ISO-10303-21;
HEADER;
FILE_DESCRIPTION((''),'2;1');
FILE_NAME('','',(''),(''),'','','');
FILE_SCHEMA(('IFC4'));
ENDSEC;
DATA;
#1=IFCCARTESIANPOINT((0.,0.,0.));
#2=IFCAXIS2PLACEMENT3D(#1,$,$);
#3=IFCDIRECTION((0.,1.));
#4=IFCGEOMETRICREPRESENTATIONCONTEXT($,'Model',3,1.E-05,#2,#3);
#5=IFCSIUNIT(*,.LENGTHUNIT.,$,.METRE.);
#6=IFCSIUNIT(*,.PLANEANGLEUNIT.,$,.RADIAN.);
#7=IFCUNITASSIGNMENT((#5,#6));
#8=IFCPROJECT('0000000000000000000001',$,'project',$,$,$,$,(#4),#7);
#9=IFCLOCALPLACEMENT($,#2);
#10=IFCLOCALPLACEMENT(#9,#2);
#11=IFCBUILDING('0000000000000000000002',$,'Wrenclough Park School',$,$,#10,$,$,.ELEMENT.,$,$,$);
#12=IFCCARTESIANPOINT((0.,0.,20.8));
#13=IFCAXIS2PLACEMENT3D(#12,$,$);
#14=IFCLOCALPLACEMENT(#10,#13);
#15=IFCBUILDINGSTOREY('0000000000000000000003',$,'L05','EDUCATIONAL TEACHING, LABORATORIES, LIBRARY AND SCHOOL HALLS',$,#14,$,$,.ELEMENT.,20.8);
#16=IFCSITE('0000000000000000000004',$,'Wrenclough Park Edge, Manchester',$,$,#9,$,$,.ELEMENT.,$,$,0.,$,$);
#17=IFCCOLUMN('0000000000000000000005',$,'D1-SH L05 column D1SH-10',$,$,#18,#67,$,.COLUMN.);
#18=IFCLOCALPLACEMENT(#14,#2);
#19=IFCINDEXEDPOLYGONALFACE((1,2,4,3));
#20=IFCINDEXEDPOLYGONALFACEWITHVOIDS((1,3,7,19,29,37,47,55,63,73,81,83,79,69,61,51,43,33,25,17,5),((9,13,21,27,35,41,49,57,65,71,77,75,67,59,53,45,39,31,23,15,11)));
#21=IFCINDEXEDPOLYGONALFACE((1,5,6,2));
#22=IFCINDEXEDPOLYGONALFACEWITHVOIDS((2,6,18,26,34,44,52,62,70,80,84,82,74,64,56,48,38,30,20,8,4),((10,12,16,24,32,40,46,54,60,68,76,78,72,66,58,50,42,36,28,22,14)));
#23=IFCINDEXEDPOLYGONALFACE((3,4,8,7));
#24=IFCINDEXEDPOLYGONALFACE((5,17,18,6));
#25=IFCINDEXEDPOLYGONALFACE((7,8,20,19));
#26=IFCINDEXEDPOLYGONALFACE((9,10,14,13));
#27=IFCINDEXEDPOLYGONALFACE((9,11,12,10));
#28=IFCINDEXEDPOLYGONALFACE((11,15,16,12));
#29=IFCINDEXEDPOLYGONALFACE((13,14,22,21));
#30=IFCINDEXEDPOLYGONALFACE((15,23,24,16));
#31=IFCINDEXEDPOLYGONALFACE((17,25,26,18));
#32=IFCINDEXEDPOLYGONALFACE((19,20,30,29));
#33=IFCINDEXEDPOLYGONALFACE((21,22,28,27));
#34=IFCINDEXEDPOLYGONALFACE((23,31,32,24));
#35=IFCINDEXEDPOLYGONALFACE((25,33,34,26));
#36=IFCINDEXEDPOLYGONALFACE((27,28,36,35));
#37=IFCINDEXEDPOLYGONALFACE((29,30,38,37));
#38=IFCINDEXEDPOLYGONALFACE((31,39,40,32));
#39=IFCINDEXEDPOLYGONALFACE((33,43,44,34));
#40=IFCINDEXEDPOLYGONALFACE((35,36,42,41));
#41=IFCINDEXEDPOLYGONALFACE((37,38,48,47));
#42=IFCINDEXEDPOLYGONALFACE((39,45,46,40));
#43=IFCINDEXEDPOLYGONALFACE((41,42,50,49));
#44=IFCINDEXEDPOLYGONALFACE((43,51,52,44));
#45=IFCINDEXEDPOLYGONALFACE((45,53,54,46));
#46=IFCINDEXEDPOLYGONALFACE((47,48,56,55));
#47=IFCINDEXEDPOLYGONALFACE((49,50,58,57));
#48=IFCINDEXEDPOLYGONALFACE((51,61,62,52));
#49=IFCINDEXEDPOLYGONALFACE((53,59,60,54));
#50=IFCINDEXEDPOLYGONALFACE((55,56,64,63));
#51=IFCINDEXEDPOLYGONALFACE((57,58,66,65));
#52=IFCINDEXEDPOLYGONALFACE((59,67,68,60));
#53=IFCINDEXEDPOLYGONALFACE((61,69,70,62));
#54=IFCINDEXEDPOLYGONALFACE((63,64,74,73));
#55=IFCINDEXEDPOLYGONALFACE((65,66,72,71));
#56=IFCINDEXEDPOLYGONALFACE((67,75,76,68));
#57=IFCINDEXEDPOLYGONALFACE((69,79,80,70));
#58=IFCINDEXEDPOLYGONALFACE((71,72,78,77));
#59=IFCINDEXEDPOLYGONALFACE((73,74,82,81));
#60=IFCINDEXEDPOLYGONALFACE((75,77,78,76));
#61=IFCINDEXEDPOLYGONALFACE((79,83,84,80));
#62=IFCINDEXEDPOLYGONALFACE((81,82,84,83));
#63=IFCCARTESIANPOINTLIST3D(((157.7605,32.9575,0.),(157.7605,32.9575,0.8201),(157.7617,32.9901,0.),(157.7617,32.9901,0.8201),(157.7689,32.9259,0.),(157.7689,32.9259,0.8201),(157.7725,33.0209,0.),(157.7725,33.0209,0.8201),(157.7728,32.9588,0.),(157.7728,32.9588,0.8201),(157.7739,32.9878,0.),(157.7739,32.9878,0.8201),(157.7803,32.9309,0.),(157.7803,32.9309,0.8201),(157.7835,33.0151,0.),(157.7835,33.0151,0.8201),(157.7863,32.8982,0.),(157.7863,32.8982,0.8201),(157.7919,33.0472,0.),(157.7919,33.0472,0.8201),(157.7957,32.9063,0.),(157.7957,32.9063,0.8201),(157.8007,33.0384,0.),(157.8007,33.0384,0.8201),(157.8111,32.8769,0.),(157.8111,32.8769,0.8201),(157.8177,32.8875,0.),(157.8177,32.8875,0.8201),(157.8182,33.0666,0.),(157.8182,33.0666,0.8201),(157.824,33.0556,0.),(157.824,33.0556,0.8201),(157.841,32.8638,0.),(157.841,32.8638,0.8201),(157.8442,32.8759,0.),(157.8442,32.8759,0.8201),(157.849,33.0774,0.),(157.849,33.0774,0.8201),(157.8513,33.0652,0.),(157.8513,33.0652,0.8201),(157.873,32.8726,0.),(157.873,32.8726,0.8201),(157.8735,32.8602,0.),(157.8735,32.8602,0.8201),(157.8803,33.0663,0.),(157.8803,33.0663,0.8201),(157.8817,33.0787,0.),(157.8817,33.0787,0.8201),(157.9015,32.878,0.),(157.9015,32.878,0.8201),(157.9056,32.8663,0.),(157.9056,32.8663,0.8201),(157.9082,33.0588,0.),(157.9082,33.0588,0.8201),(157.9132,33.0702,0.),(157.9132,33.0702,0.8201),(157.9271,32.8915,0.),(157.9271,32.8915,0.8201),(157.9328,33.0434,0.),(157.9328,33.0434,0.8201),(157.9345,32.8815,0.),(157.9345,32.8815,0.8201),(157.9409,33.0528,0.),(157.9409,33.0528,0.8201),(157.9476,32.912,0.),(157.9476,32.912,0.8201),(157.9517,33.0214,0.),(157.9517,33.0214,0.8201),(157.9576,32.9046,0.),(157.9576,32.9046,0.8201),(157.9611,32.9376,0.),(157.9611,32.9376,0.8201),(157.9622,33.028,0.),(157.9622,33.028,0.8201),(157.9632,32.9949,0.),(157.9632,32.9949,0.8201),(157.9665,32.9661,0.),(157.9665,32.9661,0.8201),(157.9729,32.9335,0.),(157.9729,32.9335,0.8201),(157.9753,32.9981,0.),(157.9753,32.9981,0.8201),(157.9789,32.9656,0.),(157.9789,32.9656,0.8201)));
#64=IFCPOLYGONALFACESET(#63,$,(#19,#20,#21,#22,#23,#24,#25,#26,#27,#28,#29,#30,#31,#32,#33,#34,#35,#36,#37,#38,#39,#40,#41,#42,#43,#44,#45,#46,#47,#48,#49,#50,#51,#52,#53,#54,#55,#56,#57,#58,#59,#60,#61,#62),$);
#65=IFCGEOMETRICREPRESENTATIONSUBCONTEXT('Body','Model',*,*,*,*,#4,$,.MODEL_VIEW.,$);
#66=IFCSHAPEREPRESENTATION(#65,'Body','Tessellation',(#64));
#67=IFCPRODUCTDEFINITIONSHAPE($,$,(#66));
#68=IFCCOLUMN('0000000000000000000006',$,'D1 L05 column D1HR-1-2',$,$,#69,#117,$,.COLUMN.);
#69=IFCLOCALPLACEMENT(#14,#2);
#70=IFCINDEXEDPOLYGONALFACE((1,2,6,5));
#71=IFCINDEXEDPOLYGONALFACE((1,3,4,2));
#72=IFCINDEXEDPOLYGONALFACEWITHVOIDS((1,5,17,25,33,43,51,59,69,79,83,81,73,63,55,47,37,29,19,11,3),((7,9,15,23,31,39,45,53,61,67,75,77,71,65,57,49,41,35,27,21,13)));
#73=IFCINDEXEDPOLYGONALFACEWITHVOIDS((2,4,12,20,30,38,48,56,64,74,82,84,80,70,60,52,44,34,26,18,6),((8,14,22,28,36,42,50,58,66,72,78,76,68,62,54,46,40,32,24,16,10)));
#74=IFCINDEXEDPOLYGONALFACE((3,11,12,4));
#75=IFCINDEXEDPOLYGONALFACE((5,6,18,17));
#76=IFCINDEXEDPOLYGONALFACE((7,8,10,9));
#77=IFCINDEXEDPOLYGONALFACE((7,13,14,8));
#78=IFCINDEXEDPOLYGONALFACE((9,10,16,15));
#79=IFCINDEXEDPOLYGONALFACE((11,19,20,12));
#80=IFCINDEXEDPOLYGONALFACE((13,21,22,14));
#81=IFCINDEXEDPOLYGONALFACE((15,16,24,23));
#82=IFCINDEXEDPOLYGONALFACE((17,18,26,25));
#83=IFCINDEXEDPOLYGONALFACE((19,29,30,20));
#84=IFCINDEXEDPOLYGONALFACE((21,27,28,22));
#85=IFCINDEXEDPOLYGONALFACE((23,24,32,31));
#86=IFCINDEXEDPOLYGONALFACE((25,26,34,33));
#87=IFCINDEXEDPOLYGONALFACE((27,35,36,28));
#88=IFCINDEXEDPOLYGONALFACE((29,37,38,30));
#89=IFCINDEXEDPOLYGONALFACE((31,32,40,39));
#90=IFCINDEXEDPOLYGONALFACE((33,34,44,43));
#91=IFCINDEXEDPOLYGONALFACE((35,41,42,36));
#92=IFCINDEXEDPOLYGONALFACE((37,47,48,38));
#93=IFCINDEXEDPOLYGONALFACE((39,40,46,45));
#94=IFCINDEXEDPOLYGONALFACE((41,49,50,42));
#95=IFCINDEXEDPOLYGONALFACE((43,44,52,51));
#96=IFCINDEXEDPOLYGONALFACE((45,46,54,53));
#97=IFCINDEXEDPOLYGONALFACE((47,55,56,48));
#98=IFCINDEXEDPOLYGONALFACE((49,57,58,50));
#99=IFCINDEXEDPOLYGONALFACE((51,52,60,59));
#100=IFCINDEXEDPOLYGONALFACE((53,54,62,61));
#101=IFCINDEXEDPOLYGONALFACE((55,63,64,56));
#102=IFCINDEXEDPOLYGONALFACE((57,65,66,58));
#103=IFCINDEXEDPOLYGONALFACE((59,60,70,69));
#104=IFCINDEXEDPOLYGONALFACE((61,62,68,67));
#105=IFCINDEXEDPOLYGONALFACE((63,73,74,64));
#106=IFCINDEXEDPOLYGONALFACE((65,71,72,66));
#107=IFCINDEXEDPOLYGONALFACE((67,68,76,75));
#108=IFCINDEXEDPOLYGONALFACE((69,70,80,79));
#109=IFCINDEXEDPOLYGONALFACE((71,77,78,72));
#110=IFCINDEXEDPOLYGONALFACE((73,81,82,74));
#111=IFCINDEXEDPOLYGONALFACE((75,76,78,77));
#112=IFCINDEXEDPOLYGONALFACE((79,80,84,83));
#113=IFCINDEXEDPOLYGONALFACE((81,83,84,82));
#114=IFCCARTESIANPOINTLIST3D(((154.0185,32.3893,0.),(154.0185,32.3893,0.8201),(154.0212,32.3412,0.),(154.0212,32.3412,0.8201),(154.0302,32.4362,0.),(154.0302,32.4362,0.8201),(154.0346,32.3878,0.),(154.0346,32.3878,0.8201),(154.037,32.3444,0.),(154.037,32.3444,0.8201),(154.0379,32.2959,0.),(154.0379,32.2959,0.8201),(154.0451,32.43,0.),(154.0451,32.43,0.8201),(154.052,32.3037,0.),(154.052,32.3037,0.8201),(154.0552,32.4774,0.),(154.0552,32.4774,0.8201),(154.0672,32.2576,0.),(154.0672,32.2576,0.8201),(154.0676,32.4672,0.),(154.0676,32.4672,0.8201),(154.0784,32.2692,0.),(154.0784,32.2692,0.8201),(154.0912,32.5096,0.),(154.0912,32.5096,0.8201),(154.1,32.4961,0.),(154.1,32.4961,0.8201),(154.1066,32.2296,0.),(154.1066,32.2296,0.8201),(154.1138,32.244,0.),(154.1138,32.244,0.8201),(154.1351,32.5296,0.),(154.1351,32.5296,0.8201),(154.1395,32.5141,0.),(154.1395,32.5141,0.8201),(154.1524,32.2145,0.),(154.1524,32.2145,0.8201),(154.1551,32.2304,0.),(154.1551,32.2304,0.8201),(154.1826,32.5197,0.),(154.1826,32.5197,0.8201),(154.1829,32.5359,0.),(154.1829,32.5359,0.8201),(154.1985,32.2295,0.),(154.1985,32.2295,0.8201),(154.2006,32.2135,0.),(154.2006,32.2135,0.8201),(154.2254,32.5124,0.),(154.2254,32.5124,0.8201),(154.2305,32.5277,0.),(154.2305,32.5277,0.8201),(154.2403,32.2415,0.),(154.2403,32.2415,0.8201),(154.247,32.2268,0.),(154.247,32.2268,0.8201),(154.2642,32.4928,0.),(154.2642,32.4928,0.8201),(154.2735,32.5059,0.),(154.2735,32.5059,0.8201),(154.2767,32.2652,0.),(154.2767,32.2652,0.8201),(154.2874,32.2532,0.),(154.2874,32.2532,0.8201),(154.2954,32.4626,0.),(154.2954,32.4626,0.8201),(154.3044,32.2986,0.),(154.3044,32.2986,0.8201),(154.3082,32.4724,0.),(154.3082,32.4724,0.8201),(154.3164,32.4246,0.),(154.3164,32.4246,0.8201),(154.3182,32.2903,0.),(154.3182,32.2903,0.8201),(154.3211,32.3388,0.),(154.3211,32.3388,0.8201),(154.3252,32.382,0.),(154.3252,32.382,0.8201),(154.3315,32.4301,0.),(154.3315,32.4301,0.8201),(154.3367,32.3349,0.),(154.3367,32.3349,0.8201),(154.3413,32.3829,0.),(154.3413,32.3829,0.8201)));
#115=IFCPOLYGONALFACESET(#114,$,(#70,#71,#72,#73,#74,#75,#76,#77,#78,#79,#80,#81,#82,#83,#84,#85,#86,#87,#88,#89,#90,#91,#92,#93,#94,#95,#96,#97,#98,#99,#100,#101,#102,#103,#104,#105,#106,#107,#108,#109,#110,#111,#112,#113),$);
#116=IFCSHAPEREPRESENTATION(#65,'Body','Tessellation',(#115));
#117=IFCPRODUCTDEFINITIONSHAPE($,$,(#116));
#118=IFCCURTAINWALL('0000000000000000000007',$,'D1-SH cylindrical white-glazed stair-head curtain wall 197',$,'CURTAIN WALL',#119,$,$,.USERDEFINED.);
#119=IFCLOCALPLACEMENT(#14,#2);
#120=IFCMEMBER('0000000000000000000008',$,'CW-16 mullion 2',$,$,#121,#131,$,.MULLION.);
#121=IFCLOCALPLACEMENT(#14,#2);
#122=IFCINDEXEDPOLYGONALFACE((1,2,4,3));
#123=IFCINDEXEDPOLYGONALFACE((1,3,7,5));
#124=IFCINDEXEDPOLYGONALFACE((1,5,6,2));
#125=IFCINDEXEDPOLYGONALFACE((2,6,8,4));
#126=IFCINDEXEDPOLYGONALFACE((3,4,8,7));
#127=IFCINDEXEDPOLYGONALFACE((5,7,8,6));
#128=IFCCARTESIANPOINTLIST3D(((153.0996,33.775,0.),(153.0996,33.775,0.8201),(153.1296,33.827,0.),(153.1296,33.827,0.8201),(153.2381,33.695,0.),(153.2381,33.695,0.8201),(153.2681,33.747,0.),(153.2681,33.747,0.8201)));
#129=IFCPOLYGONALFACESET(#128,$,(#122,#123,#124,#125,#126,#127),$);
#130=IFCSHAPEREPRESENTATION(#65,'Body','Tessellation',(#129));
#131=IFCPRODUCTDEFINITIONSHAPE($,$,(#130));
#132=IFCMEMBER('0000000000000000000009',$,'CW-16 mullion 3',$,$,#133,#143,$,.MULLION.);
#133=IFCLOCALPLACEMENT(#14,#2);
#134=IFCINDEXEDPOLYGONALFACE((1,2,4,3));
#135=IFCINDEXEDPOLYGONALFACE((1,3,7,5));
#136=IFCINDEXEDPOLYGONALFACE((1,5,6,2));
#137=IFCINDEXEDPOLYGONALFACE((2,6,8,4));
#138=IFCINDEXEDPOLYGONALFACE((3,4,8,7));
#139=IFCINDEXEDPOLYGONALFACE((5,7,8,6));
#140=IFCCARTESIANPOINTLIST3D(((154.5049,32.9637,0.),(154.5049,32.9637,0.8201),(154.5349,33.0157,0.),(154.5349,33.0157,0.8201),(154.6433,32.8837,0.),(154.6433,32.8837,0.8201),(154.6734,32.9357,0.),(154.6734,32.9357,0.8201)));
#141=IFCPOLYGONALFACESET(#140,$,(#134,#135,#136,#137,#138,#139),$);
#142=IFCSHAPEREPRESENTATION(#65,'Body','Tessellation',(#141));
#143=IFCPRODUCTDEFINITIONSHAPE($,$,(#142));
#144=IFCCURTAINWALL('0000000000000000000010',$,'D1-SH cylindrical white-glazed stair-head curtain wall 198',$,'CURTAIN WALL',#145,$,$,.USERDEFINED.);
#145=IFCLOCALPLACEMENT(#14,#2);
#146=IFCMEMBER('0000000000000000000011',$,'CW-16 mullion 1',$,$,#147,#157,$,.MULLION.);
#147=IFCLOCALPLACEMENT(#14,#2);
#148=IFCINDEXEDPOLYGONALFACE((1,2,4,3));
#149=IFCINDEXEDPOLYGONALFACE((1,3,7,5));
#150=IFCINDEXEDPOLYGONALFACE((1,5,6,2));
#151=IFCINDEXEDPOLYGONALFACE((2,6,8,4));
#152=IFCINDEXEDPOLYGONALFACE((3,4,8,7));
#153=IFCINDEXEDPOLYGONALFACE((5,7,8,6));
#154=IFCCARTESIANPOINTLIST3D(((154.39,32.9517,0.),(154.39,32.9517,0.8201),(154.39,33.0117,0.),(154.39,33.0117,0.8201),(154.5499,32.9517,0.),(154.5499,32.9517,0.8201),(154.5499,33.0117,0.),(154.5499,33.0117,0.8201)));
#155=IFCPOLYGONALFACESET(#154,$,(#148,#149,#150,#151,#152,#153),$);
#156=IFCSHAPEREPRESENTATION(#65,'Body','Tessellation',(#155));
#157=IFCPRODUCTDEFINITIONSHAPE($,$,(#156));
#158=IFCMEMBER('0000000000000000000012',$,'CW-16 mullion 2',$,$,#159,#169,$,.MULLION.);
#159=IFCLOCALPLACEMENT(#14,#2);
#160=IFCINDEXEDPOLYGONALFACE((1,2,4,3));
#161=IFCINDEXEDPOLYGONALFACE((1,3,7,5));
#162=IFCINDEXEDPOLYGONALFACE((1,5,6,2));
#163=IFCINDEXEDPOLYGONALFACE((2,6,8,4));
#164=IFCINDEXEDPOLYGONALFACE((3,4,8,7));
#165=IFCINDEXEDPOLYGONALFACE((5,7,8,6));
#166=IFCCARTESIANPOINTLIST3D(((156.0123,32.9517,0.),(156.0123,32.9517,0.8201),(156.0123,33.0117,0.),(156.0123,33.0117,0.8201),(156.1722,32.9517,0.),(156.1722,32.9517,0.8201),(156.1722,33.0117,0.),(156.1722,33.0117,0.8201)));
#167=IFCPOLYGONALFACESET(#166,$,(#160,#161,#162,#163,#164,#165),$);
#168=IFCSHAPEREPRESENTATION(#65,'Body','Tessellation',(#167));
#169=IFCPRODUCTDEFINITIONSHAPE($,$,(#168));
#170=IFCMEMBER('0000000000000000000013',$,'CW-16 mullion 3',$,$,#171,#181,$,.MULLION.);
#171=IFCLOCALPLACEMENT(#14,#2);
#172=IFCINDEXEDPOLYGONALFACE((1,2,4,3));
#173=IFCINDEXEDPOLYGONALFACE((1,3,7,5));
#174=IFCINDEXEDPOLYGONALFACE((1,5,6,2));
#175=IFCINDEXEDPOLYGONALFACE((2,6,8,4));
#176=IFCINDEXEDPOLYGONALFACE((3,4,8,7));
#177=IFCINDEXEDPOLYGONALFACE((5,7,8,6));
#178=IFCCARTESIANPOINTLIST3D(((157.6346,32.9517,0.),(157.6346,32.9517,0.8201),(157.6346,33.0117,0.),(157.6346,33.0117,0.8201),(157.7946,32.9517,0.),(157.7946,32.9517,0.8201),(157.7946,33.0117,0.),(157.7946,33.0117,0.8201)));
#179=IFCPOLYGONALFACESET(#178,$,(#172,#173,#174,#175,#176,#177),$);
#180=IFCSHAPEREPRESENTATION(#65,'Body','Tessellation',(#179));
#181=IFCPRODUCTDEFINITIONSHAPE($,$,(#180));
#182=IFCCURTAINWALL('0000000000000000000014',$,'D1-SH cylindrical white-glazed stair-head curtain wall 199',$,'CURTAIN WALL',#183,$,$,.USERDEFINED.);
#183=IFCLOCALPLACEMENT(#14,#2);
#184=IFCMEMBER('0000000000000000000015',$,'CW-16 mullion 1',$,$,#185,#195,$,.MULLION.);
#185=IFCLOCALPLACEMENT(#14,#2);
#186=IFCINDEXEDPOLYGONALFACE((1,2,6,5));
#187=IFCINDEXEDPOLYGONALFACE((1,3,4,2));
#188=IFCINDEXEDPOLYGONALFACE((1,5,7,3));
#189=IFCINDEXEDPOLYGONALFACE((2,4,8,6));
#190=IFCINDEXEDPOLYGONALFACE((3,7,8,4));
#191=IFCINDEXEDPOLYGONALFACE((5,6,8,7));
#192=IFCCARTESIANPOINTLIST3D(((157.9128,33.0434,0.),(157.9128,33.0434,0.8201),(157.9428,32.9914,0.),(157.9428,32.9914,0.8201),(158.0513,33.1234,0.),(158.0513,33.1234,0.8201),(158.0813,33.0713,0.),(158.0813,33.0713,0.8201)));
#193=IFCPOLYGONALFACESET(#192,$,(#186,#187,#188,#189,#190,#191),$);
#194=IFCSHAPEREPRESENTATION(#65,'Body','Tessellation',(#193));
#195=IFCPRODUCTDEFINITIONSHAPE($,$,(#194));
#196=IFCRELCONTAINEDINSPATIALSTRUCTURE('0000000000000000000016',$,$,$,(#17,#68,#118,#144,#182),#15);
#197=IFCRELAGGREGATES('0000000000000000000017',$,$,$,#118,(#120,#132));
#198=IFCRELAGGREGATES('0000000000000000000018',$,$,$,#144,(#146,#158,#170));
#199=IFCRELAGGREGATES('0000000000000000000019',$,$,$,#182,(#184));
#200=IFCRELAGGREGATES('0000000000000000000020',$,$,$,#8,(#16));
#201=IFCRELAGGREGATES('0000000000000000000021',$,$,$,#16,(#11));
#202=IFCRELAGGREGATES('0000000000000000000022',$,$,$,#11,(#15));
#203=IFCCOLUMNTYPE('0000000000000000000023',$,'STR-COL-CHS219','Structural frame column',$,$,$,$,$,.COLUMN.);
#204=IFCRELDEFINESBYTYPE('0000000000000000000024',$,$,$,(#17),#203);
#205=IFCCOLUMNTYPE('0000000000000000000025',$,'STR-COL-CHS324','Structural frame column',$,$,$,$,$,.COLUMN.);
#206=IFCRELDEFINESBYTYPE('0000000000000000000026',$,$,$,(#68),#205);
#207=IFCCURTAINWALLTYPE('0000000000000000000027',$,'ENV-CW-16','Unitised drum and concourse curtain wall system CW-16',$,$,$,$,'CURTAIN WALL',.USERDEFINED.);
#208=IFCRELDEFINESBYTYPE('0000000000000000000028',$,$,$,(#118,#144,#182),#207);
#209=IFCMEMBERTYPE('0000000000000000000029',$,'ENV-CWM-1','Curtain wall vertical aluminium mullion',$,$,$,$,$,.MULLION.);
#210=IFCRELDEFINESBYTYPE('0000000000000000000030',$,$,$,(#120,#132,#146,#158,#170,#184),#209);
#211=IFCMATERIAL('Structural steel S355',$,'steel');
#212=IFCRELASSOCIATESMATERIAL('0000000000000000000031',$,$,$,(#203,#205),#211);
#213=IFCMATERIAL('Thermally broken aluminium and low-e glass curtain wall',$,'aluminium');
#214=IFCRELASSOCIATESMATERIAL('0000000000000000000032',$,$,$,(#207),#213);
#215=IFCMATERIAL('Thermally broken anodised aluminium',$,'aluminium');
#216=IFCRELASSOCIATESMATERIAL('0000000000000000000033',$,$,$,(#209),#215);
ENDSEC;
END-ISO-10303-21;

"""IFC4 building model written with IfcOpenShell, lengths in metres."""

from ifc_helpers import new_model, si_unit, direction, frame, origin, origin_2d, place, context, subcontext, project, spatial, rectangle, hollow_circle, extrude, material, material_profile, profile_set, type_object, element, aggregate, save


model = new_model("IFC4")

# Units and contexts
model_context = context("Model", 3, precision=1e-05, world=origin(), true_north=direction((0.0, 1.0)))
body_context = subcontext(model_context, "Body", "Model", "MODEL_VIEW")
ifc_project = project(units=[si_unit("LENGTHUNIT", "METRE"), si_unit("PLANEANGLEUNIT", "RADIAN")], contexts=[model_context])

# Site, building, storey
site_placement = place(None, origin())
site = spatial("IfcSite", under=ifc_project, at=site_placement, Name="Wrenclough Park Edge, Manchester", CompositionType="ELEMENT", RefElevation=0.0)
building_placement = place(site_placement, origin())
building = spatial("IfcBuilding", under=site, at=building_placement, Name="Wrenclough Park School", CompositionType="ELEMENT")
storey_placement = place(building_placement, frame((0.0, 0.0, 20.8)))
storey = spatial("IfcBuildingStorey", under=building, at=storey_placement, Name="L05", Description="EDUCATIONAL TEACHING, LABORATORIES, LIBRARY AND SCHOOL HALLS", CompositionType="ELEMENT", Elevation=20.8)

# Columns
ifc_material_1 = material(Name="Structural steel S355", Category="steel")
ifc_material_profile_1 = material_profile(ifc_material_1, hollow_circle(Radius=0.1096, WallThickness=0.0125, at=origin_2d()), Name="CHS 219.1x12.5")
ifc_profile_set_1 = profile_set([ifc_material_profile_1], Name="Structural steel S355")
column_type_1 = type_object("IfcColumnType", Name="STR-COL-CHS219", Description="Structural frame column", PredefinedType="COLUMN", material=ifc_profile_set_1)
column_1_placement = place(storey_placement, frame((157.8694, 32.9697, 0.0), z_axis=(0.0, 0.0, 1.0), x_axis=(0.965926, 0.258819, 0.0)))
element("IfcColumn", 1, at=column_1_placement, inside=storey, type_object=column_type_1, Name="D1-SH L05 column D1SH-10", PredefinedType="COLUMN", context=body_context, shape_type="SweptSolid", body=[
    extrude(hollow_circle(Radius=0.1096, WallThickness=0.0125, at=origin_2d()), origin(), (0.0, 0.0, 1.0), 0.8201),
])
ifc_material_profile_2 = material_profile(ifc_material_1, hollow_circle(Radius=0.1619, WallThickness=0.0161, at=origin_2d()), Name="CHS 323.9x16.0")
ifc_profile_set_2 = profile_set([ifc_material_profile_2], Name="Structural steel S355")
column_type_2 = type_object("IfcColumnType", Name="STR-COL-CHS324", Description="Structural frame column", PredefinedType="COLUMN", material=ifc_profile_set_2)
column_2_placement = place(storey_placement, frame((154.1797, 32.374, 0.0), z_axis=(0.0, 0.0, 1.0), x_axis=(0.970296, -0.241922, 0.0)))
element("IfcColumn", 2, at=column_2_placement, inside=storey, type_object=column_type_2, Name="D1 L05 column D1HR-1-2", PredefinedType="COLUMN", context=body_context, shape_type="SweptSolid", body=[
    extrude(hollow_circle(Radius=0.1619, WallThickness=0.0161, at=origin_2d()), origin(), (0.0, 0.0, 1.0), 0.8201),
])

# Curtain walls, members
ifc_material_2 = material(Name="Thermally broken aluminium and low-e glass curtain wall", Category="aluminium")
curtain_wall_type = type_object("IfcCurtainWallType", Name="ENV-CW-16", Description="Unitised drum and concourse curtain wall system CW-16", ElementType="CURTAIN WALL", PredefinedType="USERDEFINED", material=ifc_material_2)
curtain_wall_1_placement = place(storey_placement, origin())
curtain_wall_1 = element("IfcCurtainWall", 3, at=curtain_wall_1_placement, inside=storey, type_object=curtain_wall_type, Name="D1-SH cylindrical white-glazed stair-head curtain wall 197", ObjectType="CURTAIN WALL", PredefinedType="USERDEFINED")
ifc_material_3 = material(Name="Thermally broken anodised aluminium", Category="aluminium")
ifc_material_profile_3 = material_profile(ifc_material_3, rectangle(XDim=0.0601, YDim=0.1599, at=origin_2d()), Name="AL MULLION 60x160")
ifc_profile_set_3 = profile_set([ifc_material_profile_3], Name="Thermally broken anodised aluminium")
member_type_1 = type_object("IfcMemberType", Name="ENV-CWM-1", Description="Curtain wall vertical aluminium mullion", PredefinedType="MULLION", material=ifc_profile_set_3)
member_1_placement = place(storey_placement, frame((153.1838, 33.761, 0.0), z_axis=(0.0, 0.0, 1.0), x_axis=(0.500015, 0.866017, 0.0)))
member_1 = element("IfcMember", 4, at=member_1_placement, type_object=member_type_1, Name="CW-16 mullion 2", PredefinedType="MULLION", context=body_context, shape_type="SweptSolid", body=[
    extrude(rectangle(XDim=0.0601, YDim=0.1599, at=origin_2d()), origin(), (0.0, 0.0, 1.0), 0.8201),
])
member_2_placement = place(storey_placement, frame((154.5891, 32.9497, 0.0), z_axis=(0.0, 0.0, 1.0), x_axis=(0.500015, 0.866017, 0.0)))
member_2 = element("IfcMember", 5, at=member_2_placement, type_object=member_type_1, Name="CW-16 mullion 3", PredefinedType="MULLION", context=body_context, shape_type="SweptSolid", body=[
    extrude(rectangle(XDim=0.0601, YDim=0.1599, at=origin_2d()), origin(), (0.0, 0.0, 1.0), 0.8201),
])
curtain_wall_2_placement = place(storey_placement, origin())
curtain_wall_2 = element("IfcCurtainWall", 6, at=curtain_wall_2_placement, inside=storey, type_object=curtain_wall_type, Name="D1-SH cylindrical white-glazed stair-head curtain wall 198", ObjectType="CURTAIN WALL", PredefinedType="USERDEFINED")
member_3_placement = place(storey_placement, frame((154.47, 32.9817, 0.0), z_axis=(0.0, 0.0, 1.0), x_axis=(0.0, 1.0, 0.0)))
member_3 = element("IfcMember", 7, at=member_3_placement, type_object=member_type_1, Name="CW-16 mullion 1", PredefinedType="MULLION", context=body_context, shape_type="SweptSolid", body=[
    extrude(rectangle(XDim=0.0601, YDim=0.1599, at=origin_2d()), origin(), (0.0, 0.0, 1.0), 0.8201),
])
member_4_placement = place(storey_placement, frame((156.0923, 32.9817, 0.0), z_axis=(0.0, 0.0, 1.0), x_axis=(0.0, 1.0, 0.0)))
member_4 = element("IfcMember", 8, at=member_4_placement, type_object=member_type_1, Name="CW-16 mullion 2", PredefinedType="MULLION", context=body_context, shape_type="SweptSolid", body=[
    extrude(rectangle(XDim=0.0601, YDim=0.1599, at=origin_2d()), origin(), (0.0, 0.0, 1.0), 0.8201),
])
member_5_placement = place(storey_placement, frame((157.7146, 32.9817, 0.0), z_axis=(0.0, 0.0, 1.0), x_axis=(0.0, 1.0, 0.0)))
member_5 = element("IfcMember", 9, at=member_5_placement, type_object=member_type_1, Name="CW-16 mullion 3", PredefinedType="MULLION", context=body_context, shape_type="SweptSolid", body=[
    extrude(rectangle(XDim=0.0601, YDim=0.1599, at=origin_2d()), origin(), (0.0, 0.0, 1.0), 0.8201),
])
curtain_wall_3_placement = place(storey_placement, origin())
curtain_wall_3 = element("IfcCurtainWall", 10, at=curtain_wall_3_placement, inside=storey, type_object=curtain_wall_type, Name="D1-SH cylindrical white-glazed stair-head curtain wall 199", ObjectType="CURTAIN WALL", PredefinedType="USERDEFINED")
member_6_placement = place(storey_placement, frame((157.9971, 33.0574, 0.0), z_axis=(0.0, 0.0, 1.0), x_axis=(-0.500003, 0.866024, 0.0)))
member_6 = element("IfcMember", 11, at=member_6_placement, type_object=member_type_1, Name="CW-16 mullion 1", PredefinedType="MULLION", context=body_context, shape_type="SweptSolid", body=[
    extrude(rectangle(XDim=0.0601, YDim=0.1599, at=origin_2d()), origin(), (0.0, 0.0, 1.0), 0.8201),
])

aggregate(curtain_wall_1, [member_1, member_2])
aggregate(curtain_wall_2, [member_3, member_4, member_5])
aggregate(curtain_wall_3, [member_6])

save(model, "model.ifc")
